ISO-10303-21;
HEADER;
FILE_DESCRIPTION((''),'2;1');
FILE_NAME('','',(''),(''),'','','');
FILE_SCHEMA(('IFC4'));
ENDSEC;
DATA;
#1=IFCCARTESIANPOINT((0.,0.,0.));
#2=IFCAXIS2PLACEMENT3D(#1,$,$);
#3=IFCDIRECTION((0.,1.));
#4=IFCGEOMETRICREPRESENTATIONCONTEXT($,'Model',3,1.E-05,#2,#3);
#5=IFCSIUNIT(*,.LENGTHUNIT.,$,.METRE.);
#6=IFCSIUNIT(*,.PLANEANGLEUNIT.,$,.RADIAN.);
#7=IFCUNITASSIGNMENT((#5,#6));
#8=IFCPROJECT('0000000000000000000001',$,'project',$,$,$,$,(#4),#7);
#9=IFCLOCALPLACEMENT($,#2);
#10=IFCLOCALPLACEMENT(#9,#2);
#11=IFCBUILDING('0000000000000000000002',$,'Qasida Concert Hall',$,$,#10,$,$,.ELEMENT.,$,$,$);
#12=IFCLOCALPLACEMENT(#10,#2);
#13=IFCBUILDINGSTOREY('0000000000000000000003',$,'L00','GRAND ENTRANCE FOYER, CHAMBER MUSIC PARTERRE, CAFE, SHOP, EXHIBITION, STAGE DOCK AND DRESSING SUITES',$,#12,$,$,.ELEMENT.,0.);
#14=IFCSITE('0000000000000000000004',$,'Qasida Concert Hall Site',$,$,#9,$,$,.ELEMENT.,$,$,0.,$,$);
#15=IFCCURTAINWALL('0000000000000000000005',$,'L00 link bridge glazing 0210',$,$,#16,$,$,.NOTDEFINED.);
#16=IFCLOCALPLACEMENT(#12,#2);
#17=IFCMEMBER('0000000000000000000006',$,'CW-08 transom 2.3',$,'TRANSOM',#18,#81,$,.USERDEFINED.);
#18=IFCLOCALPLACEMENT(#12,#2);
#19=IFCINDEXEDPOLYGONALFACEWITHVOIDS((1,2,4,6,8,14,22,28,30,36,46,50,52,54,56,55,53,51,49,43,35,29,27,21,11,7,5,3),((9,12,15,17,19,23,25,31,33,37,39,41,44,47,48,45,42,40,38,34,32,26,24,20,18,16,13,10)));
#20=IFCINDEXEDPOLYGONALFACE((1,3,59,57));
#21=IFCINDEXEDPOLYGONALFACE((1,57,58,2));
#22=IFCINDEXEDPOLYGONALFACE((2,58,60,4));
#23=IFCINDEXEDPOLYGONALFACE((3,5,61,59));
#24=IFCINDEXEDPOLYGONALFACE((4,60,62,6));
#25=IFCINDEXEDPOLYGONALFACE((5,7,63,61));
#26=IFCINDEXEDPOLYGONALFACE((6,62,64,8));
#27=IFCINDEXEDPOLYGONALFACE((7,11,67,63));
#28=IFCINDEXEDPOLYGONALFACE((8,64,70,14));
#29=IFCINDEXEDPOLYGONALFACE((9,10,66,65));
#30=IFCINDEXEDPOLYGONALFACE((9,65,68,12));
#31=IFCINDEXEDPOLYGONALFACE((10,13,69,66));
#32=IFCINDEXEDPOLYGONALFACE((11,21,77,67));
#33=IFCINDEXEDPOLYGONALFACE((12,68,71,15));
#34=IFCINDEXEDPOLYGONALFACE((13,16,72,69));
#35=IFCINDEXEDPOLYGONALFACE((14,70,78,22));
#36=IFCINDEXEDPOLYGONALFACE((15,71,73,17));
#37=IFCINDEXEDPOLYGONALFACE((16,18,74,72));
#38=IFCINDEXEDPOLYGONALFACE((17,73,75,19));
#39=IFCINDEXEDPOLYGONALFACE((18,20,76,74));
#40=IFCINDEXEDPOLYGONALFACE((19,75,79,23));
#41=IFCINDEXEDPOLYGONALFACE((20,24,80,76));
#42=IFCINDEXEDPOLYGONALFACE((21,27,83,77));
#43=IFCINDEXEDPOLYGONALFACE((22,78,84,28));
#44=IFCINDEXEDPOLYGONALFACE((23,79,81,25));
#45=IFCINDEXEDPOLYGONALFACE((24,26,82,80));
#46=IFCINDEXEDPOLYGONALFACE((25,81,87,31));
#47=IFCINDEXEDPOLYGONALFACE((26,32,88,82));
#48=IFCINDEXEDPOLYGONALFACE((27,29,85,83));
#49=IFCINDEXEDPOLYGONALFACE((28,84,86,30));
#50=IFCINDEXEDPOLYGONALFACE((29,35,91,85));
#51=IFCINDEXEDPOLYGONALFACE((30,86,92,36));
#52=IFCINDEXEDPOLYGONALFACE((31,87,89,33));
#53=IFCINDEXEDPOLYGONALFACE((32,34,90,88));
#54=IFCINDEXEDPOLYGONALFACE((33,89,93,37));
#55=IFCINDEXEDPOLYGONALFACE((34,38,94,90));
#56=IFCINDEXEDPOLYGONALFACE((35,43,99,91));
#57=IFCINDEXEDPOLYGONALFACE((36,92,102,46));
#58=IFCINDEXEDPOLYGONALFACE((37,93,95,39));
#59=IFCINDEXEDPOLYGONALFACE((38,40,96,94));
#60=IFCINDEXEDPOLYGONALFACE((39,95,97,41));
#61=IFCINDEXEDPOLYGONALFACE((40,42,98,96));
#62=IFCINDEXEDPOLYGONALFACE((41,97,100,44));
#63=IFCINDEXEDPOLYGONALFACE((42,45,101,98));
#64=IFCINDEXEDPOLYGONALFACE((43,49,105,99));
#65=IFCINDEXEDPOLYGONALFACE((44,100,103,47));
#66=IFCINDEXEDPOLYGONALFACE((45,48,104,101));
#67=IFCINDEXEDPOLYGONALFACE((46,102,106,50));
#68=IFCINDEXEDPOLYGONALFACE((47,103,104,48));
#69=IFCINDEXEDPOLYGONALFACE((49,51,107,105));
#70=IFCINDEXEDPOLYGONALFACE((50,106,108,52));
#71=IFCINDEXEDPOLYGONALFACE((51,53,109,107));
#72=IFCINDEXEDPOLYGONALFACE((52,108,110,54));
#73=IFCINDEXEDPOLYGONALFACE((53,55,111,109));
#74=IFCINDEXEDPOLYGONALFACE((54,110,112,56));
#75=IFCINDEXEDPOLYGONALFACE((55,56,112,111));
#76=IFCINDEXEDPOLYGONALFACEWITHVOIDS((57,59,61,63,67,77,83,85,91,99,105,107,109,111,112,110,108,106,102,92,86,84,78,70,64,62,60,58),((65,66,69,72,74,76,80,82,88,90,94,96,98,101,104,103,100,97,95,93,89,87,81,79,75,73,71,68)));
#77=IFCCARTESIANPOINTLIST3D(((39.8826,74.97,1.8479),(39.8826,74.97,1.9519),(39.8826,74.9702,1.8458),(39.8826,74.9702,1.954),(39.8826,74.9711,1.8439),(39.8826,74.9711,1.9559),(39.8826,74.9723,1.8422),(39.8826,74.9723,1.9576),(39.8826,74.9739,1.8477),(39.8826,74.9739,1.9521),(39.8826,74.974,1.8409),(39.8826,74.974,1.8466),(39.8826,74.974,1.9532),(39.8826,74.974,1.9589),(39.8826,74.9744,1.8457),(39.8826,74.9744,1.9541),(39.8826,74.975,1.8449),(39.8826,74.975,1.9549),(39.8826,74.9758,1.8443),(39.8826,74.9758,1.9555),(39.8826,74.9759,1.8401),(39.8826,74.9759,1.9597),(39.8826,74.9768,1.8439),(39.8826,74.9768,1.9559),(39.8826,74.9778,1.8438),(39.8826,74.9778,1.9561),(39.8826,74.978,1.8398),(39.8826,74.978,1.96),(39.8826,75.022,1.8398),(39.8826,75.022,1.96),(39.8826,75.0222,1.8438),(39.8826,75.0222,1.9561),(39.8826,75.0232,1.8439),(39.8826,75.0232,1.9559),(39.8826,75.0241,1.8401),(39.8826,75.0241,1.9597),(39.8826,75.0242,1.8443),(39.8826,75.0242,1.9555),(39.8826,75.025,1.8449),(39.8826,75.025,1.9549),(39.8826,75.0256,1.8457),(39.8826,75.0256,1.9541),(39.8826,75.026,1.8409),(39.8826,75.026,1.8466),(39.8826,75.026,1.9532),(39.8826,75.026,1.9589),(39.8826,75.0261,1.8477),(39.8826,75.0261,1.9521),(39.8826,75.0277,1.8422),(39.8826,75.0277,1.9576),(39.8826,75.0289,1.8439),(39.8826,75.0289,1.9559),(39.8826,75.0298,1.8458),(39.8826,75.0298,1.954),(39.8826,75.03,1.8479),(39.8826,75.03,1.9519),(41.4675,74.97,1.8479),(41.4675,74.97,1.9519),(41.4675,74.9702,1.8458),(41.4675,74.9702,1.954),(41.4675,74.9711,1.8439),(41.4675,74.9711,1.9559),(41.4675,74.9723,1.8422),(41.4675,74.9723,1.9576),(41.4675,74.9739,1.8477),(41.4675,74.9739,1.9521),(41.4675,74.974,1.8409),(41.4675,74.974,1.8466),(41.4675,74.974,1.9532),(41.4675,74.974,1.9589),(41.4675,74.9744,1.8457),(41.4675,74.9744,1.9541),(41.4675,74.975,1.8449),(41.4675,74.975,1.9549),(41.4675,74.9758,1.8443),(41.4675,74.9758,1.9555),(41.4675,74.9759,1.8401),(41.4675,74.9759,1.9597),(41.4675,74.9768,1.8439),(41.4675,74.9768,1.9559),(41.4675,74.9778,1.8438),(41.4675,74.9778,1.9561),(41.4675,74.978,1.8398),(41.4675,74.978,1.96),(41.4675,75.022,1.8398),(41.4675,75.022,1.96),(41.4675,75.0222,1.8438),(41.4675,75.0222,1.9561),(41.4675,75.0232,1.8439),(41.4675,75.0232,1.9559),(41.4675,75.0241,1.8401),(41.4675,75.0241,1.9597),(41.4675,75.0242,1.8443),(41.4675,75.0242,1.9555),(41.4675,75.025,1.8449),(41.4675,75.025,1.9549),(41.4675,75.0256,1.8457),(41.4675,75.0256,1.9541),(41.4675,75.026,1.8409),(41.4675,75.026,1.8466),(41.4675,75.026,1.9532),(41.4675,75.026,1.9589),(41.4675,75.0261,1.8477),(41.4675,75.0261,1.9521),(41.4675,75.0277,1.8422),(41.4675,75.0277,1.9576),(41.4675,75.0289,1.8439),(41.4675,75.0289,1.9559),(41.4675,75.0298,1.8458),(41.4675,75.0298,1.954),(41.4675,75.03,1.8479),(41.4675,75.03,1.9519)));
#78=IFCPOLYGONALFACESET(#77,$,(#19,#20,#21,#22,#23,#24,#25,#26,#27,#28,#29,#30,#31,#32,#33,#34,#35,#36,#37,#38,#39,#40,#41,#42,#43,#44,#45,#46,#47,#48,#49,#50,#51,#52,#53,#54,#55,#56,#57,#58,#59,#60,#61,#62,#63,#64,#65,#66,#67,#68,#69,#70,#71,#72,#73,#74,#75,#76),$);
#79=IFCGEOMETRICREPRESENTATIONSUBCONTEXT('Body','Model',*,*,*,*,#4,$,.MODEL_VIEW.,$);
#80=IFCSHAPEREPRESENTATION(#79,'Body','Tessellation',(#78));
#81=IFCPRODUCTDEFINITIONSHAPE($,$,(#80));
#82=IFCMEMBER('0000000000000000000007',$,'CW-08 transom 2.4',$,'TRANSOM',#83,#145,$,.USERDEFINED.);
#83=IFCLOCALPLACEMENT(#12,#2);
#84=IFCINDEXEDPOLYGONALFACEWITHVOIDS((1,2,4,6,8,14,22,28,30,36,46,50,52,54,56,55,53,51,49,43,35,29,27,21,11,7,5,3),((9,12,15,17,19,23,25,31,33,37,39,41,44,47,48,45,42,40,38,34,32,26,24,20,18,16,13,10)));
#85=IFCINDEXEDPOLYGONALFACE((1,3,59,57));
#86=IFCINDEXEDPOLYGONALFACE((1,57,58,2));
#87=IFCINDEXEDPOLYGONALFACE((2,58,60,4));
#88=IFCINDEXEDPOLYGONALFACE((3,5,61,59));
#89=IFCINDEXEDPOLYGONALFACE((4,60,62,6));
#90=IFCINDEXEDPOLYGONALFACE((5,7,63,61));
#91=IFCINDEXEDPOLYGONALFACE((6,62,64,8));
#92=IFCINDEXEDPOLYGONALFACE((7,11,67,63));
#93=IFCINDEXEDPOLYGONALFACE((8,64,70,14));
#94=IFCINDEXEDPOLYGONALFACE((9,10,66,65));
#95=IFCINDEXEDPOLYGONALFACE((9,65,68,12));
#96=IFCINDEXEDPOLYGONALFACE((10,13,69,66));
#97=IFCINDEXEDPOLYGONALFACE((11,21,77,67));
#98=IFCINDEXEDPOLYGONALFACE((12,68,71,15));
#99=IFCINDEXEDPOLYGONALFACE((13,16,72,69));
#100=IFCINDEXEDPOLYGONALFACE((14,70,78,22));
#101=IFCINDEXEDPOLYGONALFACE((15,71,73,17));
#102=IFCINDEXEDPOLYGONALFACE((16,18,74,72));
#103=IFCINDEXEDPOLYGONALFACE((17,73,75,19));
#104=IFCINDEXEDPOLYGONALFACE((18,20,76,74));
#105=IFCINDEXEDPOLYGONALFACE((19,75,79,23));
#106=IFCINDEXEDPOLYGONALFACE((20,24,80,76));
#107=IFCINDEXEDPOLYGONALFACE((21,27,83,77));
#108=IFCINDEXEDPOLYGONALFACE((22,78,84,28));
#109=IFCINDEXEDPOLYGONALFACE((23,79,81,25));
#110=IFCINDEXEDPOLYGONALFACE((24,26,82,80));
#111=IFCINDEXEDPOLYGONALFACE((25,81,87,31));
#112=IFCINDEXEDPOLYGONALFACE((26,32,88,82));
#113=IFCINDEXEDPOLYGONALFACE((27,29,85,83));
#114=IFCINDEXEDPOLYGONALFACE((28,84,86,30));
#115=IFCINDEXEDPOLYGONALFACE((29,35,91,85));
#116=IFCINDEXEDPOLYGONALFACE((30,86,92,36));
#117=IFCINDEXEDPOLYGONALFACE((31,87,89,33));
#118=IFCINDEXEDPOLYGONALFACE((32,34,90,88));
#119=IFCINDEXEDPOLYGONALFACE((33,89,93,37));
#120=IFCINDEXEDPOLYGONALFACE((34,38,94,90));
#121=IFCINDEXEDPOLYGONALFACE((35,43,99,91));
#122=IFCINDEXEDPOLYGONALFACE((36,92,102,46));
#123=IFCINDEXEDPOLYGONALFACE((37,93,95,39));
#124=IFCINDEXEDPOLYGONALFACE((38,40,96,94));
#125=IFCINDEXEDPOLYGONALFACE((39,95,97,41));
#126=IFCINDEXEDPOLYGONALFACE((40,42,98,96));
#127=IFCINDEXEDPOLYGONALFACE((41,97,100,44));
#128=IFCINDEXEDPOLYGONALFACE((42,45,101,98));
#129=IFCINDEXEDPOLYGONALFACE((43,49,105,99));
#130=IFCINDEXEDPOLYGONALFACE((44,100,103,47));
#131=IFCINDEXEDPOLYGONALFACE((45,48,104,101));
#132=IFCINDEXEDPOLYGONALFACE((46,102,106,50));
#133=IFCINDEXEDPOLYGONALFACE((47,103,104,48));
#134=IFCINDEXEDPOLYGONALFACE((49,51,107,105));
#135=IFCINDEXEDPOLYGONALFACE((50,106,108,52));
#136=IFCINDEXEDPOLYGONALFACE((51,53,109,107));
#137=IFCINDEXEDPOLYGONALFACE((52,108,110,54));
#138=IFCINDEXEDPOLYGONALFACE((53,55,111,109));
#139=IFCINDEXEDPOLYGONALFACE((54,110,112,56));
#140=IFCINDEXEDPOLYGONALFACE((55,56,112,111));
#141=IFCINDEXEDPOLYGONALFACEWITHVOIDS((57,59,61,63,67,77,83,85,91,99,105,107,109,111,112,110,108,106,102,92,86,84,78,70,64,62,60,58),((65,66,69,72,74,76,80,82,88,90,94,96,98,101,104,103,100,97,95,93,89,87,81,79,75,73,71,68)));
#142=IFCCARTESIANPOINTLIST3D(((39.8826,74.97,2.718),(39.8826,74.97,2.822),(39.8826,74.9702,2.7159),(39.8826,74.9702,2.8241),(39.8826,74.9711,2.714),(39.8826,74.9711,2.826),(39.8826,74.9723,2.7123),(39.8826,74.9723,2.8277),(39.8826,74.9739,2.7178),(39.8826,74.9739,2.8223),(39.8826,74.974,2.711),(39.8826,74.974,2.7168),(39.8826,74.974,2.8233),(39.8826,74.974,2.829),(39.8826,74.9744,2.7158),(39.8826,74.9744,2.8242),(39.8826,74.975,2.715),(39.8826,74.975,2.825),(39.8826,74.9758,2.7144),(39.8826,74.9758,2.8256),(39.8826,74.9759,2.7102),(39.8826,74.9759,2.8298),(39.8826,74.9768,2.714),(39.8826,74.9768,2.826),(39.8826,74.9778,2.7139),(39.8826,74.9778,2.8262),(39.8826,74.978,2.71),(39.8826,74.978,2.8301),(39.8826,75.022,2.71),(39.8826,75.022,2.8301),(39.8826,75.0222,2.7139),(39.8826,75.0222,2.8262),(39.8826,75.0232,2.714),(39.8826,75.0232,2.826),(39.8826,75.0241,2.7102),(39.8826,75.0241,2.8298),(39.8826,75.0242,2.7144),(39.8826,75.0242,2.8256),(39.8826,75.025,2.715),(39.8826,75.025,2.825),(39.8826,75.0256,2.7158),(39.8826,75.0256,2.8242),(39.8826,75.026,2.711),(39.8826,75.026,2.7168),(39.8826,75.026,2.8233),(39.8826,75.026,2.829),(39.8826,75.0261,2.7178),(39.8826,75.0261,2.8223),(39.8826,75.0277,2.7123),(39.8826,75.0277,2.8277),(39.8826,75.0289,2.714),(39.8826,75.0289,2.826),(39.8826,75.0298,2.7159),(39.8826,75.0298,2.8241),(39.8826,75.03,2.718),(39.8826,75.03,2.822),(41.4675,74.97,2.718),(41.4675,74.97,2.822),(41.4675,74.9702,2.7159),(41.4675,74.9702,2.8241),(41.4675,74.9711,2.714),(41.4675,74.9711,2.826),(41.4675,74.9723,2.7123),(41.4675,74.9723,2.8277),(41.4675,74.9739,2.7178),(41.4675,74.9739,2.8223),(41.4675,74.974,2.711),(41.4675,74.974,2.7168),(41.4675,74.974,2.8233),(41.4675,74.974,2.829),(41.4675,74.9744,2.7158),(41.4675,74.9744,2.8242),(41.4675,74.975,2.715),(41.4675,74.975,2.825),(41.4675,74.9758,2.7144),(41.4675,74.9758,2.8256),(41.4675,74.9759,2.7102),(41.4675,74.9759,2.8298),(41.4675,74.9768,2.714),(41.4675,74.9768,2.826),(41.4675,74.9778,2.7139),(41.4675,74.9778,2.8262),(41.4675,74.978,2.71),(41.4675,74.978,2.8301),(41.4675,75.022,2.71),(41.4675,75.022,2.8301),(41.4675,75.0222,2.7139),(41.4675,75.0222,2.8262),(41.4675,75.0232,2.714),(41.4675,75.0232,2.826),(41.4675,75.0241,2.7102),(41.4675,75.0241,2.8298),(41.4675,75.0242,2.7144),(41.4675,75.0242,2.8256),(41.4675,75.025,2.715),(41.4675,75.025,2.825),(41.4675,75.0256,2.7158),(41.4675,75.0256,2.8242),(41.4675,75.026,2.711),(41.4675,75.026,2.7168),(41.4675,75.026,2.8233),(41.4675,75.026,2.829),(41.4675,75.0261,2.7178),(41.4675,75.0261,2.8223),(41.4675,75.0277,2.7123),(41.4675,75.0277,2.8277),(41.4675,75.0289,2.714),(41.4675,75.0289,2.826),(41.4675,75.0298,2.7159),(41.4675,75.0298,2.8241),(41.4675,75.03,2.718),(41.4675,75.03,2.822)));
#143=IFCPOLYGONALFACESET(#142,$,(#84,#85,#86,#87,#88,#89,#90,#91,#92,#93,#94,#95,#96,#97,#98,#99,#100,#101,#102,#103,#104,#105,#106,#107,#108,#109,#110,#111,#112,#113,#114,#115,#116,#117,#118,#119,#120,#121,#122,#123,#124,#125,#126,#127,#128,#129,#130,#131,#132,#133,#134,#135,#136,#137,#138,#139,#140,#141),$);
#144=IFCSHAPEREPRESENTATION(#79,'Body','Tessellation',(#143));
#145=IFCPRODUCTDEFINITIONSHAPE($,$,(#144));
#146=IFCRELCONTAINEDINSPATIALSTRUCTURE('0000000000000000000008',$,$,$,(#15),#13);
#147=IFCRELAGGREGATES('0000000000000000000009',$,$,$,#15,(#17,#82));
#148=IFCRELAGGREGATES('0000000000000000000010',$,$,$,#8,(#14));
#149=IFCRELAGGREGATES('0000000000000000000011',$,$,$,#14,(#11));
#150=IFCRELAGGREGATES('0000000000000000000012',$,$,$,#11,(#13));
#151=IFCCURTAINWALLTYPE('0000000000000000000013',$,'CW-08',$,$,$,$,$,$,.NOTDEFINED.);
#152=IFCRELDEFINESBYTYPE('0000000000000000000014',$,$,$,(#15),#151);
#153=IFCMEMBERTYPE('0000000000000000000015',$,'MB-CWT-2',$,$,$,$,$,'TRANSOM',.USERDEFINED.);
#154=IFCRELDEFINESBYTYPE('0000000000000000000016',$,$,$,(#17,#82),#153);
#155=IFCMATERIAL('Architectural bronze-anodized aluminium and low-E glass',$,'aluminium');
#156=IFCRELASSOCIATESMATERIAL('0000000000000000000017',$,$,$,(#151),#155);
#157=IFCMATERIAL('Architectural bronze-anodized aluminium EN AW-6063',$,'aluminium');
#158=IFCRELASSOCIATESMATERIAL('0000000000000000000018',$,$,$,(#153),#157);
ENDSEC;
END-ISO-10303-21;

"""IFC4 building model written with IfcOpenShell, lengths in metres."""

from ifc_helpers import new_model, si_unit, direction, frame, origin, origin_2d, place, context, subcontext, project, spatial, hollow_rectangle, extrude, material, material_profile, profile_set, type_object, element, aggregate, save


model = new_model("IFC4")

# Units and contexts
model_context = context("Model", 3, precision=1e-05, world=origin(), true_north=direction((0.0, 1.0)))
body_context = subcontext(model_context, "Body", "Model", "MODEL_VIEW")
ifc_project = project(units=[si_unit("LENGTHUNIT", "METRE"), si_unit("PLANEANGLEUNIT", "RADIAN")], contexts=[model_context])

# Site, building, storey
site_placement = place(None, origin())
site = spatial("IfcSite", under=ifc_project, at=site_placement, Name="Qasida Concert Hall Site", CompositionType="ELEMENT", RefElevation=0.0)
building_placement = place(site_placement, origin())
building = spatial("IfcBuilding", under=site, at=building_placement, Name="Qasida Concert Hall", CompositionType="ELEMENT")
storey_placement = place(building_placement, origin())
storey = spatial("IfcBuildingStorey", under=building, at=storey_placement, Name="L00", Description="GRAND ENTRANCE FOYER, CHAMBER MUSIC PARTERRE, CAFE, SHOP, EXHIBITION, STAGE DOCK AND DRESSING SUITES", CompositionType="ELEMENT", Elevation=0.0)

# Curtain wall, members
ifc_material_1 = material(Name="Architectural bronze-anodized aluminium and low-E glass", Category="aluminium")
curtain_wall_type = type_object("IfcCurtainWallType", Name="CW-08", PredefinedType="NOTDEFINED", material=ifc_material_1)
curtain_wall_placement = place(storey_placement, origin())
curtain_wall = element("IfcCurtainWall", 1, at=curtain_wall_placement, inside=storey, type_object=curtain_wall_type, Name="L00 link bridge glazing 0210", PredefinedType="NOTDEFINED")
ifc_material_2 = material(Name="Architectural bronze-anodized aluminium EN AW-6063", Category="aluminium")
ifc_material_profile_1 = material_profile(ifc_material_2, hollow_rectangle(XDim=0.0601, YDim=0.1201, WallThickness=0.0039, InnerFilletRadius=0.0039, OuterFilletRadius=0.0081, at=origin_2d()), Name="CWT 120x60x4")
ifc_profile_set_1 = profile_set([ifc_material_profile_1], Name="Architectural bronze-anodized aluminium EN AW-6063")
member_type_1 = type_object("IfcMemberType", Name="MB-CWT-2", ElementType="TRANSOM", PredefinedType="USERDEFINED", material=ifc_profile_set_1)
member_1_placement = place(storey_placement, frame((39.8826, 75.0, 1.8999), z_axis=(1.0, 0.0, 0.0), x_axis=(0.0, 1.0, 0.0)))
member_1 = element("IfcMember", 2, at=member_1_placement, type_object=member_type_1, Name="CW-08 transom 2.3", ObjectType="TRANSOM", PredefinedType="USERDEFINED", context=body_context, shape_type="SweptSolid", body=[
    extrude(hollow_rectangle(XDim=0.0601, YDim=0.1201, WallThickness=0.0039, InnerFilletRadius=0.0039, OuterFilletRadius=0.0081, at=origin_2d()), origin(), (0.0, 0.0, 1.0), 1.585),
])
member_2_placement = place(storey_placement, frame((39.8826, 75.0, 2.77), z_axis=(1.0, 0.0, 0.0), x_axis=(0.0, 1.0, 0.0)))
member_2 = element("IfcMember", 3, at=member_2_placement, type_object=member_type_1, Name="CW-08 transom 2.4", ObjectType="TRANSOM", PredefinedType="USERDEFINED", context=body_context, shape_type="SweptSolid", body=[
    extrude(hollow_rectangle(XDim=0.0601, YDim=0.1201, WallThickness=0.0039, InnerFilletRadius=0.0039, OuterFilletRadius=0.0081, at=origin_2d()), origin(), (0.0, 0.0, 1.0), 1.585),
])
aggregate(curtain_wall, [member_1, member_2])

save(model, "model.ifc")
